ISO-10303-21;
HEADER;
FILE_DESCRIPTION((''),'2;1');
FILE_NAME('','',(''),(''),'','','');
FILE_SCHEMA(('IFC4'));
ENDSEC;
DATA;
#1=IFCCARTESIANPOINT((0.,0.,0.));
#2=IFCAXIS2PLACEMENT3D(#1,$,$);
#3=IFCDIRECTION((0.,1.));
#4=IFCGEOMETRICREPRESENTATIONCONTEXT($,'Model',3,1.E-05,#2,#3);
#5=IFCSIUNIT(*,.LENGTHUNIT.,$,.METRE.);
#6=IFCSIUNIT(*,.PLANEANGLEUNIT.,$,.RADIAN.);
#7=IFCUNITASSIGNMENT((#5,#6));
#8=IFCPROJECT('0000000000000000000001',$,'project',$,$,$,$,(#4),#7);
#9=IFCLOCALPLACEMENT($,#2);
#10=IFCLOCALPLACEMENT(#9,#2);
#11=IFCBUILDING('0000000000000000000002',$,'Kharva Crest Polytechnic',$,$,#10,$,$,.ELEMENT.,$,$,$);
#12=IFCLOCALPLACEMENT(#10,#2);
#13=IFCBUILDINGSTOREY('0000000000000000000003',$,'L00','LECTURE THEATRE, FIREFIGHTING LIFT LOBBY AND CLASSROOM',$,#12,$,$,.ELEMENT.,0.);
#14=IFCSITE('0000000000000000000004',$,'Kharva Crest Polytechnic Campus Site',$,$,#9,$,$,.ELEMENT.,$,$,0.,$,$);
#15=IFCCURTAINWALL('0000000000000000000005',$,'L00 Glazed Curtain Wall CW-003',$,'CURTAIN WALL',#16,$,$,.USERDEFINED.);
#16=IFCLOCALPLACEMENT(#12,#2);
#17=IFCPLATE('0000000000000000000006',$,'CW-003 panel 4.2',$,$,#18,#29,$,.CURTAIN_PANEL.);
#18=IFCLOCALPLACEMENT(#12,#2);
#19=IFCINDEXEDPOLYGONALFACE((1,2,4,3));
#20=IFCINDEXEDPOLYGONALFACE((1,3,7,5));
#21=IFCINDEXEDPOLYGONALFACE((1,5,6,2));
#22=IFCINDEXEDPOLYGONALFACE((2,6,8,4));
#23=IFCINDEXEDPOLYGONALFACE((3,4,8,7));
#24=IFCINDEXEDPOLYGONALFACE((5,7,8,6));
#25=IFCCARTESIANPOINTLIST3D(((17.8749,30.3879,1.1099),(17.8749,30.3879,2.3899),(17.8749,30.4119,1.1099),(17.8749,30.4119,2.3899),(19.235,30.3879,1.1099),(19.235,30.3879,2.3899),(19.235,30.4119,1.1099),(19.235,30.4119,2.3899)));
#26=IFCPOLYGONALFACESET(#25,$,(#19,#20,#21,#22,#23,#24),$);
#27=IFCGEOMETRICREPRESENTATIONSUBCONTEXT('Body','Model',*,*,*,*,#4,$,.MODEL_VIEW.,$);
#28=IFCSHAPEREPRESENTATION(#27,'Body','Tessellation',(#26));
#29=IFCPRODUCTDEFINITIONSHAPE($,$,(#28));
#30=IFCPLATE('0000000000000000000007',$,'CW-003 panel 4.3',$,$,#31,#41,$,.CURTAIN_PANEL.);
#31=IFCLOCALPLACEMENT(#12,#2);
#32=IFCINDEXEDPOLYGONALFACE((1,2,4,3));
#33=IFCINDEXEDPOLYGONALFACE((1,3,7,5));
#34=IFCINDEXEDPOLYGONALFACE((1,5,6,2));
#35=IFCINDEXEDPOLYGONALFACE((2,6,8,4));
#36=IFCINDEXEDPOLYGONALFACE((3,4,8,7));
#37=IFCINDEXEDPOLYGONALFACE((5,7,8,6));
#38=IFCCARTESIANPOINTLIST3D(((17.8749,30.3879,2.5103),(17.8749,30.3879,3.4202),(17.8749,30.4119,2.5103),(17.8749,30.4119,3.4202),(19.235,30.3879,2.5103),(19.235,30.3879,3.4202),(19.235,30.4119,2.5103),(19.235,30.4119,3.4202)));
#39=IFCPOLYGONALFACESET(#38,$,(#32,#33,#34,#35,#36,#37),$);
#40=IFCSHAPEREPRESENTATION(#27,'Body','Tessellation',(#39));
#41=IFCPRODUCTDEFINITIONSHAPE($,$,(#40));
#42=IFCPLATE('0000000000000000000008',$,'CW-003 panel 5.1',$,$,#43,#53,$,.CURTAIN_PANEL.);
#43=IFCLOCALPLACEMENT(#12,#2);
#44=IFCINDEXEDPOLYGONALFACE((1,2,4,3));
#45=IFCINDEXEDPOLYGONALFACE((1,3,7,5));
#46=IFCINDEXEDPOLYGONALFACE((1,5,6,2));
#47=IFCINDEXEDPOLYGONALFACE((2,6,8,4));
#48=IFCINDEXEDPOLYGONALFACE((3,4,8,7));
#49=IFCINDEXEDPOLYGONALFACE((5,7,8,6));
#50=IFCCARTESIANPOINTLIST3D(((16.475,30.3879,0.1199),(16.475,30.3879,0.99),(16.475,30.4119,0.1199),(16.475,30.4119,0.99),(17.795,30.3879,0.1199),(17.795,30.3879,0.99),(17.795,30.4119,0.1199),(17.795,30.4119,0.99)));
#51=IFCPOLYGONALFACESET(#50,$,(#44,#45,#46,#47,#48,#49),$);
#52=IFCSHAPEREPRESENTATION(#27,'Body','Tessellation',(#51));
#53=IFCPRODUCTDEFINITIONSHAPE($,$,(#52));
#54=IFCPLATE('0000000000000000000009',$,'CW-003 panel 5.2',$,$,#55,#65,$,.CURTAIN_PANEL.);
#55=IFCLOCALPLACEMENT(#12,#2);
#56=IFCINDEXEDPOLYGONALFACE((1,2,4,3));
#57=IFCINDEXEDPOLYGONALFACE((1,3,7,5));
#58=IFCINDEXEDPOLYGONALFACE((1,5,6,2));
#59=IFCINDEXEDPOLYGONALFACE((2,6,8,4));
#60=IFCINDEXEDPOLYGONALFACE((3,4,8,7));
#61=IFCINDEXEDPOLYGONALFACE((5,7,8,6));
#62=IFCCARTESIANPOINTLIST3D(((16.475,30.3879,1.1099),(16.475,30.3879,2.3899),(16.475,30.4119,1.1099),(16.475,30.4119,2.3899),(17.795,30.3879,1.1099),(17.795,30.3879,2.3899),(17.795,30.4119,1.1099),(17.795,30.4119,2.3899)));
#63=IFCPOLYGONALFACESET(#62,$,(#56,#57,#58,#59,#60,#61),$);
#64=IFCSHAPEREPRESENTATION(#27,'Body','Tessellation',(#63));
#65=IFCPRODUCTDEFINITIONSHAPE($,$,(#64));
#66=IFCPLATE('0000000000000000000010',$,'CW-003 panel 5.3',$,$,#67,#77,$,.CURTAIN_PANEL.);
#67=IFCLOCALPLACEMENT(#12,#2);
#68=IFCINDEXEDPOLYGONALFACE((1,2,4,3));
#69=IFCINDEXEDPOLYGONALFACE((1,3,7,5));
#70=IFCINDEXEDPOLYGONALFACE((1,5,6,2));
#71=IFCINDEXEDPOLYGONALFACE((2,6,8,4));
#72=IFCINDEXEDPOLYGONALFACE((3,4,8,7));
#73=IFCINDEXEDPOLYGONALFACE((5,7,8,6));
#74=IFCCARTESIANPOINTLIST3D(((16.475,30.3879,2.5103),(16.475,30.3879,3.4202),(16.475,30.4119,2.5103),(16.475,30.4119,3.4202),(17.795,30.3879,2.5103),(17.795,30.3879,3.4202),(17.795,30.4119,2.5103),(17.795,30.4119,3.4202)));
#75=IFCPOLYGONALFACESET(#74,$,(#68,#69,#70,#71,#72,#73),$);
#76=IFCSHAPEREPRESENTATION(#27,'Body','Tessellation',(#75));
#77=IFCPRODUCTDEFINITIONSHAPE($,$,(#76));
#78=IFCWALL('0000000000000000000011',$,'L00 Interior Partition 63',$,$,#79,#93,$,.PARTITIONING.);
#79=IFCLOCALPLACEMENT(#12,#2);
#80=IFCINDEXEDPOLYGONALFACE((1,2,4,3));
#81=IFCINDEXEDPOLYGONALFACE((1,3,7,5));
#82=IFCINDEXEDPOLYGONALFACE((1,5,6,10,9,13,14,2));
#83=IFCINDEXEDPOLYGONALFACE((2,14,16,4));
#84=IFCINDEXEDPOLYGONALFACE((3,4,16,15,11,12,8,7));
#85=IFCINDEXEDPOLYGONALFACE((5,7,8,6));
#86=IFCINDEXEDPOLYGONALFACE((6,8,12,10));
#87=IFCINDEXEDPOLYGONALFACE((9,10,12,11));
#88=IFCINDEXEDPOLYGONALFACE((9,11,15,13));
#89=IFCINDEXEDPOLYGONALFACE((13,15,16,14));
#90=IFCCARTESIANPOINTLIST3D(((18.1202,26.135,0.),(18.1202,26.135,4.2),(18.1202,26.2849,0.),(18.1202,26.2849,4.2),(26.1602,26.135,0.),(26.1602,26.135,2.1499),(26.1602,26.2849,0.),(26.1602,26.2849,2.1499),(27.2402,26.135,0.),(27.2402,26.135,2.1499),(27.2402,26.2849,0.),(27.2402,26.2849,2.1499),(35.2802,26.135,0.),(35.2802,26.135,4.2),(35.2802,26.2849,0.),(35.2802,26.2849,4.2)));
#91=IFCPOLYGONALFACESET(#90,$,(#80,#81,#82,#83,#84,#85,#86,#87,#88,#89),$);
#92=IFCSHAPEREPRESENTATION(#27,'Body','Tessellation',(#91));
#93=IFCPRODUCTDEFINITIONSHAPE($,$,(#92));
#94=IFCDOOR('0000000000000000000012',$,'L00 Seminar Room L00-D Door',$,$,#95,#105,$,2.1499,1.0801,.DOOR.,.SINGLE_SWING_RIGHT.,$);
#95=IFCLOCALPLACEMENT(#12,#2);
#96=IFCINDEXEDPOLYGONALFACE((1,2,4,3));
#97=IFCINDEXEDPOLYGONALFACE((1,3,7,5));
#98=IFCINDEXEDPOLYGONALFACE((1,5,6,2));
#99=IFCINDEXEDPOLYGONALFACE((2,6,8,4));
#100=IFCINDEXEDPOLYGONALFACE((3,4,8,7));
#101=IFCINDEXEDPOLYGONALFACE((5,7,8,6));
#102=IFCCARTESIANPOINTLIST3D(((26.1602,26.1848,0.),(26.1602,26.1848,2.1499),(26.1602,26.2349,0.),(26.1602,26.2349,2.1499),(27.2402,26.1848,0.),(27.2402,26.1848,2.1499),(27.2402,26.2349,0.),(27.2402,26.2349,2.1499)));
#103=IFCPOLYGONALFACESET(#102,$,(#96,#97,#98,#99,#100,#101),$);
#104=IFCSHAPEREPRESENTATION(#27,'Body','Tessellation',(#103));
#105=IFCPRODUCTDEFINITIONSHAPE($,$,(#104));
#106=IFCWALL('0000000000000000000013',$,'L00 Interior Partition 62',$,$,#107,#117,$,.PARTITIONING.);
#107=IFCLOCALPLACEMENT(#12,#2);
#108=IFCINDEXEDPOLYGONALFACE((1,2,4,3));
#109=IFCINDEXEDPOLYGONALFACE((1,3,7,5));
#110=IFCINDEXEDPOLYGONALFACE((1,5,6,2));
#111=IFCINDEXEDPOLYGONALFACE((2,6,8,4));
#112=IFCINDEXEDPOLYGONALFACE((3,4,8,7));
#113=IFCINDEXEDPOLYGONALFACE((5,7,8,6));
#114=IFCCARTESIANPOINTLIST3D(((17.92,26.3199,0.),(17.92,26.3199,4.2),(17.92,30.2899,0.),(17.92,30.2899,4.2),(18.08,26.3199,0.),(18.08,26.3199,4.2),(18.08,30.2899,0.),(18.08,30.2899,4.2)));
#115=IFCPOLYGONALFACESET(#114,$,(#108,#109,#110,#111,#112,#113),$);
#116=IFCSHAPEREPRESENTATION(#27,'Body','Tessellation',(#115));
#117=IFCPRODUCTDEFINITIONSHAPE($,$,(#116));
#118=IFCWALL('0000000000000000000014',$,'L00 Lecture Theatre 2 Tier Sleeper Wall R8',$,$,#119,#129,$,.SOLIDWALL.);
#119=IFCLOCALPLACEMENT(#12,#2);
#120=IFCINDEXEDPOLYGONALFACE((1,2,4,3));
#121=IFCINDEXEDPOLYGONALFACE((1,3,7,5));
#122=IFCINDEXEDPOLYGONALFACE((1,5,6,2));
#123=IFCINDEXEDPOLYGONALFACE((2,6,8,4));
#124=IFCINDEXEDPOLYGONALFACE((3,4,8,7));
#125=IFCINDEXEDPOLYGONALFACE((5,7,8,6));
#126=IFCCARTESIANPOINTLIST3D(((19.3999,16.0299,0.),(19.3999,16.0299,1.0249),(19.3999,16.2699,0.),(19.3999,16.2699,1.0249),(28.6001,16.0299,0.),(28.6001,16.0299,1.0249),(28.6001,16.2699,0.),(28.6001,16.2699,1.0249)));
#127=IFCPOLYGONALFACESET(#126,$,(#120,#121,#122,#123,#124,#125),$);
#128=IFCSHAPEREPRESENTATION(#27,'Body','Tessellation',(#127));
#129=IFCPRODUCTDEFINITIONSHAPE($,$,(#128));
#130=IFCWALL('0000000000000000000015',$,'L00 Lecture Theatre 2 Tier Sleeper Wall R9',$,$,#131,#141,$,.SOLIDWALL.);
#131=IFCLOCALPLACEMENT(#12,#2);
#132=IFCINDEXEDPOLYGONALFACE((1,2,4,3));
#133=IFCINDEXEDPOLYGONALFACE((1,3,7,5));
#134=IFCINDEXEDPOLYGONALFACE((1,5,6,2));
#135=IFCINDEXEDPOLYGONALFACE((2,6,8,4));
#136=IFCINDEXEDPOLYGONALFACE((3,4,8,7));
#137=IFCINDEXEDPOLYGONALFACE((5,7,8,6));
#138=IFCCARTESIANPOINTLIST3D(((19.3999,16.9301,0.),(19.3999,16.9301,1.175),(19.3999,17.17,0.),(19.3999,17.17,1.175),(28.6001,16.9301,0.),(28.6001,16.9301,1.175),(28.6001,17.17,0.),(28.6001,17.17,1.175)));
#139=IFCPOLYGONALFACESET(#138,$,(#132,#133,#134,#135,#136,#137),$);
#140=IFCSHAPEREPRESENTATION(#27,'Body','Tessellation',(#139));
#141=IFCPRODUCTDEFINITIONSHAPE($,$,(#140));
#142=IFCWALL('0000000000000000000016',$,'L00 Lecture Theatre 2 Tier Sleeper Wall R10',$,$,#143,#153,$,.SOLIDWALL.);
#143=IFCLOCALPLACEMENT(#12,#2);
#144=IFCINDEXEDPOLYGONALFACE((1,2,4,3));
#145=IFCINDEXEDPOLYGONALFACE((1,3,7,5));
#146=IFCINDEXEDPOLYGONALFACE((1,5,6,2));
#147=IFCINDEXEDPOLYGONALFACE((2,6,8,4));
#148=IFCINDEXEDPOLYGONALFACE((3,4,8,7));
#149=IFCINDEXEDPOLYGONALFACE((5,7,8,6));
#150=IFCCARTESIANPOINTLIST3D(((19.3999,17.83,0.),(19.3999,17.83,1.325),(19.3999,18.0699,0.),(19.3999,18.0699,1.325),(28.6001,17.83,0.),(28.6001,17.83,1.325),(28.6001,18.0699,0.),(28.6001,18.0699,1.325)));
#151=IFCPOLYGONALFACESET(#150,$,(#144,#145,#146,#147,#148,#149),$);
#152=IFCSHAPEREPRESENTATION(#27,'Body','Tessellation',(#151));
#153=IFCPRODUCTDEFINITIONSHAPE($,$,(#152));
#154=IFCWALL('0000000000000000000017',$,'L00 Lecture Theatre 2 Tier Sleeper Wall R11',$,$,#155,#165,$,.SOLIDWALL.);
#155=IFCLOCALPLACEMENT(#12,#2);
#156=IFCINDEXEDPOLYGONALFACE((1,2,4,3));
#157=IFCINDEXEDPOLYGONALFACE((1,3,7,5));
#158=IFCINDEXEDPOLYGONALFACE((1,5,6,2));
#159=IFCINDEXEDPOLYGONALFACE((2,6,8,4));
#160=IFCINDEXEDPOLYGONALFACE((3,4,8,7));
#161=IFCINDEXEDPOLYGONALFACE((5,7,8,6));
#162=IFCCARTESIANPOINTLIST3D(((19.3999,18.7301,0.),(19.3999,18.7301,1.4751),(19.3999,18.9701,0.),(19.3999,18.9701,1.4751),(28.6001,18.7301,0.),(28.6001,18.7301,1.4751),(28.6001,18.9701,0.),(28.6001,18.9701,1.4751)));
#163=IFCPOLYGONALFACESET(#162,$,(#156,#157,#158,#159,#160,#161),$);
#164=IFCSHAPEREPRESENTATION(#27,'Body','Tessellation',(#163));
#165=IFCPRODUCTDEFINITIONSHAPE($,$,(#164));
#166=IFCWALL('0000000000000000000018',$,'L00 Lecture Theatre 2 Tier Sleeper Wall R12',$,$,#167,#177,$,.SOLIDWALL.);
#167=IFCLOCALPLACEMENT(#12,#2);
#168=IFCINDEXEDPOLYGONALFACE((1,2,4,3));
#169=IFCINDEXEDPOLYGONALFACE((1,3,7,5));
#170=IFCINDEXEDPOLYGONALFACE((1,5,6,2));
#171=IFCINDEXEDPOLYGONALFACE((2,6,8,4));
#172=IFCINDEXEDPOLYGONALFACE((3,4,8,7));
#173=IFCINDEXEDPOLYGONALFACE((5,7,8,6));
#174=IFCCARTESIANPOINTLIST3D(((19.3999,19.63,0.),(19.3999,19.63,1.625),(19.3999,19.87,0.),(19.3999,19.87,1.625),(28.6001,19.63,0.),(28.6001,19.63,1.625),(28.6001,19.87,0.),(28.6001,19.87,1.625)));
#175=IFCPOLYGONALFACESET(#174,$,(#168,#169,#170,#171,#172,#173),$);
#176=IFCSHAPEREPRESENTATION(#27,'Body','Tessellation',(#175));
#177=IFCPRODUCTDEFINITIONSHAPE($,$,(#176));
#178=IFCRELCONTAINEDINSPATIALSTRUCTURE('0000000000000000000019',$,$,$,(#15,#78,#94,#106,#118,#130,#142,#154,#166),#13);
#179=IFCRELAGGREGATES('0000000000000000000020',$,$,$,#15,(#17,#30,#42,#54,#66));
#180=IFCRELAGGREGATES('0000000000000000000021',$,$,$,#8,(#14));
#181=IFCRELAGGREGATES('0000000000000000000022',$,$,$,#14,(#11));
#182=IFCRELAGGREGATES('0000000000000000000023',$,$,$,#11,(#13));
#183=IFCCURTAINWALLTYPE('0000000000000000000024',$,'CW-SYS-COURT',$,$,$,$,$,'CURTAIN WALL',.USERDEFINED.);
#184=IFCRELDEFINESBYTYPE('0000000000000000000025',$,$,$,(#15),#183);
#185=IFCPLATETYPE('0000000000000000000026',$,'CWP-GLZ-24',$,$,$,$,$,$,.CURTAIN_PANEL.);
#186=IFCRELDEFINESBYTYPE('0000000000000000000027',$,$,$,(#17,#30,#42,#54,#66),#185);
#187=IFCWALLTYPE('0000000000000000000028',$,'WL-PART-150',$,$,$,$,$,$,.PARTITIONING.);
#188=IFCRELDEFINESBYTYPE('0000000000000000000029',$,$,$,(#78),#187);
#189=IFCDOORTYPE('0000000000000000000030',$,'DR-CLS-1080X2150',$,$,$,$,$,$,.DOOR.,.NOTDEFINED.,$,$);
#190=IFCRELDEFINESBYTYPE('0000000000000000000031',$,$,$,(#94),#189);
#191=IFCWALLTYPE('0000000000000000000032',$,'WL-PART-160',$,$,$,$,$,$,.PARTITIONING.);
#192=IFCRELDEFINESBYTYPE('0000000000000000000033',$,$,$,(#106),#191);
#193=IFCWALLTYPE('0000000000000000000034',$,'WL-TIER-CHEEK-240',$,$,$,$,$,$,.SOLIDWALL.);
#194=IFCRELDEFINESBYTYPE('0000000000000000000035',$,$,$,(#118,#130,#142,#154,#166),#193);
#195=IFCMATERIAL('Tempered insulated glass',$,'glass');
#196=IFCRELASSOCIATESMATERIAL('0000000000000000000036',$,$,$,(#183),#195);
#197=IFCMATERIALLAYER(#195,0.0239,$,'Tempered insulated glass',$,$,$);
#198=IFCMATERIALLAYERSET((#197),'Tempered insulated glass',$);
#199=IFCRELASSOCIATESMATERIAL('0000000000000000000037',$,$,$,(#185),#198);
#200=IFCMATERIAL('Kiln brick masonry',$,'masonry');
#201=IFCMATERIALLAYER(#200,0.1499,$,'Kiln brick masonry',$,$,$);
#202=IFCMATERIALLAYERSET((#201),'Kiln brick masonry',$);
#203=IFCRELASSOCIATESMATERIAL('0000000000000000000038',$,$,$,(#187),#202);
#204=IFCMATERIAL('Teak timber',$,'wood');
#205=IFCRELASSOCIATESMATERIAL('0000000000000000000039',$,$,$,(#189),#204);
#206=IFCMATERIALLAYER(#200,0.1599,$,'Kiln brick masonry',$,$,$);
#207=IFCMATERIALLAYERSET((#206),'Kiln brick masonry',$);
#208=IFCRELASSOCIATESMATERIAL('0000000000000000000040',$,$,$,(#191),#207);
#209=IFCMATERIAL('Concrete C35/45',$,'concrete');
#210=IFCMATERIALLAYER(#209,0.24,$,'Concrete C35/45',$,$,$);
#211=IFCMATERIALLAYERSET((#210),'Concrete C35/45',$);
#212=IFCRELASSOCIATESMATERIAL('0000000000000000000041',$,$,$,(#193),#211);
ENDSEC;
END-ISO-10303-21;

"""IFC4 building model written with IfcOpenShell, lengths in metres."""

from ifc_helpers import new_model, si_unit, direction, frame, frame_2d, origin, origin_2d, place, context, subcontext, project, spatial, rectangle, extrude, material, layer, layer_set, type_object, element, fill, aggregate, save


model = new_model("IFC4")

# Units and contexts
model_context = context("Model", 3, precision=1e-05, world=origin(), true_north=direction((0.0, 1.0)))
body_context = subcontext(model_context, "Body", "Model", "MODEL_VIEW")
ifc_project = project(units=[si_unit("LENGTHUNIT", "METRE"), si_unit("PLANEANGLEUNIT", "RADIAN")], contexts=[model_context])

# Site, building, storey
site_placement = place(None, origin())
site = spatial("IfcSite", under=ifc_project, at=site_placement, Name="Kharva Crest Polytechnic Campus Site", CompositionType="ELEMENT", RefElevation=0.0)
building_placement = place(site_placement, origin())
building = spatial("IfcBuilding", under=site, at=building_placement, Name="Kharva Crest Polytechnic", CompositionType="ELEMENT")
storey_placement = place(building_placement, origin())
storey = spatial("IfcBuildingStorey", under=building, at=storey_placement, Name="L00", Description="LECTURE THEATRE, FIREFIGHTING LIFT LOBBY AND CLASSROOM", CompositionType="ELEMENT", Elevation=0.0)

# Shared definitions
ifc_material_1 = material(Name="Concrete C35/45", Category="concrete")

# Curtain wall, plates
ifc_material_2 = material(Name="Tempered insulated glass", Category="glass")
curtain_wall_type = type_object("IfcCurtainWallType", Name="CW-SYS-COURT", ElementType="CURTAIN WALL", PredefinedType="USERDEFINED", material=ifc_material_2)
curtain_wall_placement = place(storey_placement, origin())
curtain_wall = element("IfcCurtainWall", 1, at=curtain_wall_placement, inside=storey, type_object=curtain_wall_type, Name="L00 Glazed Curtain Wall CW-003", ObjectType="CURTAIN WALL", PredefinedType="USERDEFINED")
ifc_layer_1 = layer(ifc_material_2, 0.0239, Name="Tempered insulated glass")
ifc_layer_set_1 = layer_set([ifc_layer_1], Name="Tempered insulated glass")
plate_type = type_object("IfcPlateType", Name="CWP-GLZ-24", PredefinedType="CURTAIN_PANEL", material=ifc_layer_set_1)
plate_1_placement = place(storey_placement, frame((18.5549, 30.3999, 1.1099), z_axis=(0.0, 0.0, 1.0), x_axis=(-1.0, 0.0, 0.0)))
plate_1 = element("IfcPlate", 2, at=plate_1_placement, type_object=plate_type, Name="CW-003 panel 4.2", PredefinedType="CURTAIN_PANEL", context=body_context, shape_type="SweptSolid", body=[
    extrude(rectangle(XDim=1.3601, YDim=0.0239, at=origin_2d()), origin(), (0.0, 0.0, 1.0), 1.28),
])
plate_2_placement = place(storey_placement, frame((18.5549, 30.3999, 2.5103), z_axis=(0.0, 0.0, 1.0), x_axis=(-1.0, 0.0, 0.0)))
plate_2 = element("IfcPlate", 3, at=plate_2_placement, type_object=plate_type, Name="CW-003 panel 4.3", PredefinedType="CURTAIN_PANEL", context=body_context, shape_type="SweptSolid", body=[
    extrude(rectangle(XDim=1.3601, YDim=0.0239, at=origin_2d()), origin(), (0.0, 0.0, 1.0), 0.9099),
])
plate_3_placement = place(storey_placement, frame((17.135, 30.3999, 0.1199), z_axis=(0.0, 0.0, 1.0), x_axis=(-1.0, 0.0, 0.0)))
plate_3 = element("IfcPlate", 4, at=plate_3_placement, type_object=plate_type, Name="CW-003 panel 5.1", PredefinedType="CURTAIN_PANEL", context=body_context, shape_type="SweptSolid", body=[
    extrude(rectangle(XDim=1.3201, YDim=0.0239, at=origin_2d()), origin(), (0.0, 0.0, 1.0), 0.8701),
])
plate_4_placement = place(storey_placement, frame((17.135, 30.3999, 1.1099), z_axis=(0.0, 0.0, 1.0), x_axis=(-1.0, 0.0, 0.0)))
plate_4 = element("IfcPlate", 5, at=plate_4_placement, type_object=plate_type, Name="CW-003 panel 5.2", PredefinedType="CURTAIN_PANEL", context=body_context, shape_type="SweptSolid", body=[
    extrude(rectangle(XDim=1.3201, YDim=0.0239, at=origin_2d()), origin(), (0.0, 0.0, 1.0), 1.28),
])
plate_5_placement = place(storey_placement, frame((17.135, 30.3999, 2.5103), z_axis=(0.0, 0.0, 1.0), x_axis=(-1.0, 0.0, 0.0)))
plate_5 = element("IfcPlate", 6, at=plate_5_placement, type_object=plate_type, Name="CW-003 panel 5.3", PredefinedType="CURTAIN_PANEL", context=body_context, shape_type="SweptSolid", body=[
    extrude(rectangle(XDim=1.3201, YDim=0.0239, at=origin_2d()), origin(), (0.0, 0.0, 1.0), 0.9099),
])
aggregate(curtain_wall, [plate_1, plate_2, plate_3, plate_4, plate_5])

# Wall, opening, door
ifc_material_3 = material(Name="Kiln brick masonry", Category="masonry")
ifc_layer_2 = layer(ifc_material_3, 0.1499, Name="Kiln brick masonry")
ifc_layer_set_2 = layer_set([ifc_layer_2], Name="Kiln brick masonry")
wall_type_1 = type_object("IfcWallType", Name="WL-PART-150", PredefinedType="PARTITIONING", material=ifc_layer_set_2)
wall_1_placement = place(storey_placement, frame((18.1201, 26.21, 0.0), z_axis=(0.0, 0.0, 1.0), x_axis=(1.0, 0.0, 0.0)))
wall_1 = element("IfcWall", 7, at=wall_1_placement, inside=storey, type_object=wall_type_1, Name="L00 Interior Partition 63", PredefinedType="PARTITIONING", context=body_context, shape_type="SweptSolid", body=[
    extrude(rectangle(XDim=17.1599, YDim=0.1499, at=frame_2d((8.5801, 0.0))), origin(), (0.0, 0.0, 1.0), 4.2),
])
opening_placement = place(wall_1_placement, frame((8.04, 0.0, 0.0)))
opening = element("IfcOpeningElement", 8, at=opening_placement, cuts=wall_1, PredefinedType="OPENING", context=body_context, shape_type="SweptSolid", body=[
    extrude(rectangle(XDim=1.0801, YDim=2.1499, at=frame_2d((0.54, 1.075))), frame((0.0, 0.085, 0.0), z_axis=(0.0, -1.0, 0.0), x_axis=(1.0, 0.0, 0.0)), (0.0, 0.0, 1.0), 0.1699),
])
ifc_material_4 = material(Name="Teak timber", Category="wood")
door_type = type_object("IfcDoorType", Name="DR-CLS-1080X2150", OperationType="NOTDEFINED", PredefinedType="DOOR", material=ifc_material_4)
door_placement = place(opening_placement, origin())
door = element("IfcDoor", 9, at=door_placement, inside=storey, type_object=door_type, Name="L00 Seminar Room L00-D Door", OperationType="SINGLE_SWING_RIGHT", OverallHeight=2.1499, OverallWidth=1.0801, PredefinedType="DOOR", context=body_context, shape_type="SweptSolid", body=[
    extrude(rectangle(XDim=1.0801, YDim=2.1499, at=frame_2d((0.54, 1.075))), frame((0.0, 0.0249, 0.0), z_axis=(0.0, -1.0, 0.0), x_axis=(1.0, 0.0, 0.0)), (0.0, 0.0, 1.0), 0.05),
])
fill(opening, door)

# Walls
ifc_layer_3 = layer(ifc_material_3, 0.1599, Name="Kiln brick masonry")
ifc_layer_set_3 = layer_set([ifc_layer_3], Name="Kiln brick masonry")
wall_type_2 = type_object("IfcWallType", Name="WL-PART-160", PredefinedType="PARTITIONING", material=ifc_layer_set_3)
wall_2_placement = place(storey_placement, frame((18.0, 26.3201, 0.0), z_axis=(0.0, 0.0, 1.0), x_axis=(0.0, 1.0, 0.0)))
element("IfcWall", 10, at=wall_2_placement, inside=storey, type_object=wall_type_2, Name="L00 Interior Partition 62", PredefinedType="PARTITIONING", context=body_context, shape_type="SweptSolid", body=[
    extrude(rectangle(XDim=3.97, YDim=0.1599, at=frame_2d((1.9849, 0.0))), origin(), (0.0, 0.0, 1.0), 4.2),
])
ifc_layer_4 = layer(ifc_material_1, 0.24, Name="Concrete C35/45")
ifc_layer_set_4 = layer_set([ifc_layer_4], Name="Concrete C35/45")
wall_type_3 = type_object("IfcWallType", Name="WL-TIER-CHEEK-240", PredefinedType="SOLIDWALL", material=ifc_layer_set_4)
wall_3_placement = place(storey_placement, frame((19.3999, 16.1499, 0.0), z_axis=(0.0, 0.0, 1.0), x_axis=(1.0, 0.0, 0.0)))
element("IfcWall", 11, at=wall_3_placement, inside=storey, type_object=wall_type_3, Name="L00 Lecture Theatre 2 Tier Sleeper Wall R8", PredefinedType="SOLIDWALL", context=body_context, shape_type="SweptSolid", body=[
    extrude(rectangle(XDim=9.2002, YDim=0.24, at=frame_2d((4.6001, 0.0))), origin(), (0.0, 0.0, 1.0), 1.0249),
])
wall_4_placement = place(storey_placement, frame((19.3999, 17.05, 0.0), z_axis=(0.0, 0.0, 1.0), x_axis=(1.0, 0.0, 0.0)))
element("IfcWall", 12, at=wall_4_placement, inside=storey, type_object=wall_type_3, Name="L00 Lecture Theatre 2 Tier Sleeper Wall R9", PredefinedType="SOLIDWALL", context=body_context, shape_type="SweptSolid", body=[
    extrude(rectangle(XDim=9.2002, YDim=0.24, at=frame_2d((4.6001, 0.0))), origin(), (0.0, 0.0, 1.0), 1.175),
])
wall_5_placement = place(storey_placement, frame((19.3999, 17.95, 0.0), z_axis=(0.0, 0.0, 1.0), x_axis=(1.0, 0.0, 0.0)))
element("IfcWall", 13, at=wall_5_placement, inside=storey, type_object=wall_type_3, Name="L00 Lecture Theatre 2 Tier Sleeper Wall R10", PredefinedType="SOLIDWALL", context=body_context, shape_type="SweptSolid", body=[
    extrude(rectangle(XDim=9.2002, YDim=0.24, at=frame_2d((4.6001, 0.0))), origin(), (0.0, 0.0, 1.0), 1.325),
])
wall_6_placement = place(storey_placement, frame((19.3999, 18.8501, 0.0), z_axis=(0.0, 0.0, 1.0), x_axis=(1.0, 0.0, 0.0)))
element("IfcWall", 14, at=wall_6_placement, inside=storey, type_object=wall_type_3, Name="L00 Lecture Theatre 2 Tier Sleeper Wall R11", PredefinedType="SOLIDWALL", context=body_context, shape_type="SweptSolid", body=[
    extrude(rectangle(XDim=9.2002, YDim=0.24, at=frame_2d((4.6001, 0.0))), origin(), (0.0, 0.0, 1.0), 1.4751),
])
wall_7_placement = place(storey_placement, frame((19.3999, 19.75, 0.0), z_axis=(0.0, 0.0, 1.0), x_axis=(1.0, 0.0, 0.0)))
element("IfcWall", 15, at=wall_7_placement, inside=storey, type_object=wall_type_3, Name="L00 Lecture Theatre 2 Tier Sleeper Wall R12", PredefinedType="SOLIDWALL", context=body_context, shape_type="SweptSolid", body=[
    extrude(rectangle(XDim=9.2002, YDim=0.24, at=frame_2d((4.6001, 0.0))), origin(), (0.0, 0.0, 1.0), 1.625),
])

save(model, "model.ifc")
